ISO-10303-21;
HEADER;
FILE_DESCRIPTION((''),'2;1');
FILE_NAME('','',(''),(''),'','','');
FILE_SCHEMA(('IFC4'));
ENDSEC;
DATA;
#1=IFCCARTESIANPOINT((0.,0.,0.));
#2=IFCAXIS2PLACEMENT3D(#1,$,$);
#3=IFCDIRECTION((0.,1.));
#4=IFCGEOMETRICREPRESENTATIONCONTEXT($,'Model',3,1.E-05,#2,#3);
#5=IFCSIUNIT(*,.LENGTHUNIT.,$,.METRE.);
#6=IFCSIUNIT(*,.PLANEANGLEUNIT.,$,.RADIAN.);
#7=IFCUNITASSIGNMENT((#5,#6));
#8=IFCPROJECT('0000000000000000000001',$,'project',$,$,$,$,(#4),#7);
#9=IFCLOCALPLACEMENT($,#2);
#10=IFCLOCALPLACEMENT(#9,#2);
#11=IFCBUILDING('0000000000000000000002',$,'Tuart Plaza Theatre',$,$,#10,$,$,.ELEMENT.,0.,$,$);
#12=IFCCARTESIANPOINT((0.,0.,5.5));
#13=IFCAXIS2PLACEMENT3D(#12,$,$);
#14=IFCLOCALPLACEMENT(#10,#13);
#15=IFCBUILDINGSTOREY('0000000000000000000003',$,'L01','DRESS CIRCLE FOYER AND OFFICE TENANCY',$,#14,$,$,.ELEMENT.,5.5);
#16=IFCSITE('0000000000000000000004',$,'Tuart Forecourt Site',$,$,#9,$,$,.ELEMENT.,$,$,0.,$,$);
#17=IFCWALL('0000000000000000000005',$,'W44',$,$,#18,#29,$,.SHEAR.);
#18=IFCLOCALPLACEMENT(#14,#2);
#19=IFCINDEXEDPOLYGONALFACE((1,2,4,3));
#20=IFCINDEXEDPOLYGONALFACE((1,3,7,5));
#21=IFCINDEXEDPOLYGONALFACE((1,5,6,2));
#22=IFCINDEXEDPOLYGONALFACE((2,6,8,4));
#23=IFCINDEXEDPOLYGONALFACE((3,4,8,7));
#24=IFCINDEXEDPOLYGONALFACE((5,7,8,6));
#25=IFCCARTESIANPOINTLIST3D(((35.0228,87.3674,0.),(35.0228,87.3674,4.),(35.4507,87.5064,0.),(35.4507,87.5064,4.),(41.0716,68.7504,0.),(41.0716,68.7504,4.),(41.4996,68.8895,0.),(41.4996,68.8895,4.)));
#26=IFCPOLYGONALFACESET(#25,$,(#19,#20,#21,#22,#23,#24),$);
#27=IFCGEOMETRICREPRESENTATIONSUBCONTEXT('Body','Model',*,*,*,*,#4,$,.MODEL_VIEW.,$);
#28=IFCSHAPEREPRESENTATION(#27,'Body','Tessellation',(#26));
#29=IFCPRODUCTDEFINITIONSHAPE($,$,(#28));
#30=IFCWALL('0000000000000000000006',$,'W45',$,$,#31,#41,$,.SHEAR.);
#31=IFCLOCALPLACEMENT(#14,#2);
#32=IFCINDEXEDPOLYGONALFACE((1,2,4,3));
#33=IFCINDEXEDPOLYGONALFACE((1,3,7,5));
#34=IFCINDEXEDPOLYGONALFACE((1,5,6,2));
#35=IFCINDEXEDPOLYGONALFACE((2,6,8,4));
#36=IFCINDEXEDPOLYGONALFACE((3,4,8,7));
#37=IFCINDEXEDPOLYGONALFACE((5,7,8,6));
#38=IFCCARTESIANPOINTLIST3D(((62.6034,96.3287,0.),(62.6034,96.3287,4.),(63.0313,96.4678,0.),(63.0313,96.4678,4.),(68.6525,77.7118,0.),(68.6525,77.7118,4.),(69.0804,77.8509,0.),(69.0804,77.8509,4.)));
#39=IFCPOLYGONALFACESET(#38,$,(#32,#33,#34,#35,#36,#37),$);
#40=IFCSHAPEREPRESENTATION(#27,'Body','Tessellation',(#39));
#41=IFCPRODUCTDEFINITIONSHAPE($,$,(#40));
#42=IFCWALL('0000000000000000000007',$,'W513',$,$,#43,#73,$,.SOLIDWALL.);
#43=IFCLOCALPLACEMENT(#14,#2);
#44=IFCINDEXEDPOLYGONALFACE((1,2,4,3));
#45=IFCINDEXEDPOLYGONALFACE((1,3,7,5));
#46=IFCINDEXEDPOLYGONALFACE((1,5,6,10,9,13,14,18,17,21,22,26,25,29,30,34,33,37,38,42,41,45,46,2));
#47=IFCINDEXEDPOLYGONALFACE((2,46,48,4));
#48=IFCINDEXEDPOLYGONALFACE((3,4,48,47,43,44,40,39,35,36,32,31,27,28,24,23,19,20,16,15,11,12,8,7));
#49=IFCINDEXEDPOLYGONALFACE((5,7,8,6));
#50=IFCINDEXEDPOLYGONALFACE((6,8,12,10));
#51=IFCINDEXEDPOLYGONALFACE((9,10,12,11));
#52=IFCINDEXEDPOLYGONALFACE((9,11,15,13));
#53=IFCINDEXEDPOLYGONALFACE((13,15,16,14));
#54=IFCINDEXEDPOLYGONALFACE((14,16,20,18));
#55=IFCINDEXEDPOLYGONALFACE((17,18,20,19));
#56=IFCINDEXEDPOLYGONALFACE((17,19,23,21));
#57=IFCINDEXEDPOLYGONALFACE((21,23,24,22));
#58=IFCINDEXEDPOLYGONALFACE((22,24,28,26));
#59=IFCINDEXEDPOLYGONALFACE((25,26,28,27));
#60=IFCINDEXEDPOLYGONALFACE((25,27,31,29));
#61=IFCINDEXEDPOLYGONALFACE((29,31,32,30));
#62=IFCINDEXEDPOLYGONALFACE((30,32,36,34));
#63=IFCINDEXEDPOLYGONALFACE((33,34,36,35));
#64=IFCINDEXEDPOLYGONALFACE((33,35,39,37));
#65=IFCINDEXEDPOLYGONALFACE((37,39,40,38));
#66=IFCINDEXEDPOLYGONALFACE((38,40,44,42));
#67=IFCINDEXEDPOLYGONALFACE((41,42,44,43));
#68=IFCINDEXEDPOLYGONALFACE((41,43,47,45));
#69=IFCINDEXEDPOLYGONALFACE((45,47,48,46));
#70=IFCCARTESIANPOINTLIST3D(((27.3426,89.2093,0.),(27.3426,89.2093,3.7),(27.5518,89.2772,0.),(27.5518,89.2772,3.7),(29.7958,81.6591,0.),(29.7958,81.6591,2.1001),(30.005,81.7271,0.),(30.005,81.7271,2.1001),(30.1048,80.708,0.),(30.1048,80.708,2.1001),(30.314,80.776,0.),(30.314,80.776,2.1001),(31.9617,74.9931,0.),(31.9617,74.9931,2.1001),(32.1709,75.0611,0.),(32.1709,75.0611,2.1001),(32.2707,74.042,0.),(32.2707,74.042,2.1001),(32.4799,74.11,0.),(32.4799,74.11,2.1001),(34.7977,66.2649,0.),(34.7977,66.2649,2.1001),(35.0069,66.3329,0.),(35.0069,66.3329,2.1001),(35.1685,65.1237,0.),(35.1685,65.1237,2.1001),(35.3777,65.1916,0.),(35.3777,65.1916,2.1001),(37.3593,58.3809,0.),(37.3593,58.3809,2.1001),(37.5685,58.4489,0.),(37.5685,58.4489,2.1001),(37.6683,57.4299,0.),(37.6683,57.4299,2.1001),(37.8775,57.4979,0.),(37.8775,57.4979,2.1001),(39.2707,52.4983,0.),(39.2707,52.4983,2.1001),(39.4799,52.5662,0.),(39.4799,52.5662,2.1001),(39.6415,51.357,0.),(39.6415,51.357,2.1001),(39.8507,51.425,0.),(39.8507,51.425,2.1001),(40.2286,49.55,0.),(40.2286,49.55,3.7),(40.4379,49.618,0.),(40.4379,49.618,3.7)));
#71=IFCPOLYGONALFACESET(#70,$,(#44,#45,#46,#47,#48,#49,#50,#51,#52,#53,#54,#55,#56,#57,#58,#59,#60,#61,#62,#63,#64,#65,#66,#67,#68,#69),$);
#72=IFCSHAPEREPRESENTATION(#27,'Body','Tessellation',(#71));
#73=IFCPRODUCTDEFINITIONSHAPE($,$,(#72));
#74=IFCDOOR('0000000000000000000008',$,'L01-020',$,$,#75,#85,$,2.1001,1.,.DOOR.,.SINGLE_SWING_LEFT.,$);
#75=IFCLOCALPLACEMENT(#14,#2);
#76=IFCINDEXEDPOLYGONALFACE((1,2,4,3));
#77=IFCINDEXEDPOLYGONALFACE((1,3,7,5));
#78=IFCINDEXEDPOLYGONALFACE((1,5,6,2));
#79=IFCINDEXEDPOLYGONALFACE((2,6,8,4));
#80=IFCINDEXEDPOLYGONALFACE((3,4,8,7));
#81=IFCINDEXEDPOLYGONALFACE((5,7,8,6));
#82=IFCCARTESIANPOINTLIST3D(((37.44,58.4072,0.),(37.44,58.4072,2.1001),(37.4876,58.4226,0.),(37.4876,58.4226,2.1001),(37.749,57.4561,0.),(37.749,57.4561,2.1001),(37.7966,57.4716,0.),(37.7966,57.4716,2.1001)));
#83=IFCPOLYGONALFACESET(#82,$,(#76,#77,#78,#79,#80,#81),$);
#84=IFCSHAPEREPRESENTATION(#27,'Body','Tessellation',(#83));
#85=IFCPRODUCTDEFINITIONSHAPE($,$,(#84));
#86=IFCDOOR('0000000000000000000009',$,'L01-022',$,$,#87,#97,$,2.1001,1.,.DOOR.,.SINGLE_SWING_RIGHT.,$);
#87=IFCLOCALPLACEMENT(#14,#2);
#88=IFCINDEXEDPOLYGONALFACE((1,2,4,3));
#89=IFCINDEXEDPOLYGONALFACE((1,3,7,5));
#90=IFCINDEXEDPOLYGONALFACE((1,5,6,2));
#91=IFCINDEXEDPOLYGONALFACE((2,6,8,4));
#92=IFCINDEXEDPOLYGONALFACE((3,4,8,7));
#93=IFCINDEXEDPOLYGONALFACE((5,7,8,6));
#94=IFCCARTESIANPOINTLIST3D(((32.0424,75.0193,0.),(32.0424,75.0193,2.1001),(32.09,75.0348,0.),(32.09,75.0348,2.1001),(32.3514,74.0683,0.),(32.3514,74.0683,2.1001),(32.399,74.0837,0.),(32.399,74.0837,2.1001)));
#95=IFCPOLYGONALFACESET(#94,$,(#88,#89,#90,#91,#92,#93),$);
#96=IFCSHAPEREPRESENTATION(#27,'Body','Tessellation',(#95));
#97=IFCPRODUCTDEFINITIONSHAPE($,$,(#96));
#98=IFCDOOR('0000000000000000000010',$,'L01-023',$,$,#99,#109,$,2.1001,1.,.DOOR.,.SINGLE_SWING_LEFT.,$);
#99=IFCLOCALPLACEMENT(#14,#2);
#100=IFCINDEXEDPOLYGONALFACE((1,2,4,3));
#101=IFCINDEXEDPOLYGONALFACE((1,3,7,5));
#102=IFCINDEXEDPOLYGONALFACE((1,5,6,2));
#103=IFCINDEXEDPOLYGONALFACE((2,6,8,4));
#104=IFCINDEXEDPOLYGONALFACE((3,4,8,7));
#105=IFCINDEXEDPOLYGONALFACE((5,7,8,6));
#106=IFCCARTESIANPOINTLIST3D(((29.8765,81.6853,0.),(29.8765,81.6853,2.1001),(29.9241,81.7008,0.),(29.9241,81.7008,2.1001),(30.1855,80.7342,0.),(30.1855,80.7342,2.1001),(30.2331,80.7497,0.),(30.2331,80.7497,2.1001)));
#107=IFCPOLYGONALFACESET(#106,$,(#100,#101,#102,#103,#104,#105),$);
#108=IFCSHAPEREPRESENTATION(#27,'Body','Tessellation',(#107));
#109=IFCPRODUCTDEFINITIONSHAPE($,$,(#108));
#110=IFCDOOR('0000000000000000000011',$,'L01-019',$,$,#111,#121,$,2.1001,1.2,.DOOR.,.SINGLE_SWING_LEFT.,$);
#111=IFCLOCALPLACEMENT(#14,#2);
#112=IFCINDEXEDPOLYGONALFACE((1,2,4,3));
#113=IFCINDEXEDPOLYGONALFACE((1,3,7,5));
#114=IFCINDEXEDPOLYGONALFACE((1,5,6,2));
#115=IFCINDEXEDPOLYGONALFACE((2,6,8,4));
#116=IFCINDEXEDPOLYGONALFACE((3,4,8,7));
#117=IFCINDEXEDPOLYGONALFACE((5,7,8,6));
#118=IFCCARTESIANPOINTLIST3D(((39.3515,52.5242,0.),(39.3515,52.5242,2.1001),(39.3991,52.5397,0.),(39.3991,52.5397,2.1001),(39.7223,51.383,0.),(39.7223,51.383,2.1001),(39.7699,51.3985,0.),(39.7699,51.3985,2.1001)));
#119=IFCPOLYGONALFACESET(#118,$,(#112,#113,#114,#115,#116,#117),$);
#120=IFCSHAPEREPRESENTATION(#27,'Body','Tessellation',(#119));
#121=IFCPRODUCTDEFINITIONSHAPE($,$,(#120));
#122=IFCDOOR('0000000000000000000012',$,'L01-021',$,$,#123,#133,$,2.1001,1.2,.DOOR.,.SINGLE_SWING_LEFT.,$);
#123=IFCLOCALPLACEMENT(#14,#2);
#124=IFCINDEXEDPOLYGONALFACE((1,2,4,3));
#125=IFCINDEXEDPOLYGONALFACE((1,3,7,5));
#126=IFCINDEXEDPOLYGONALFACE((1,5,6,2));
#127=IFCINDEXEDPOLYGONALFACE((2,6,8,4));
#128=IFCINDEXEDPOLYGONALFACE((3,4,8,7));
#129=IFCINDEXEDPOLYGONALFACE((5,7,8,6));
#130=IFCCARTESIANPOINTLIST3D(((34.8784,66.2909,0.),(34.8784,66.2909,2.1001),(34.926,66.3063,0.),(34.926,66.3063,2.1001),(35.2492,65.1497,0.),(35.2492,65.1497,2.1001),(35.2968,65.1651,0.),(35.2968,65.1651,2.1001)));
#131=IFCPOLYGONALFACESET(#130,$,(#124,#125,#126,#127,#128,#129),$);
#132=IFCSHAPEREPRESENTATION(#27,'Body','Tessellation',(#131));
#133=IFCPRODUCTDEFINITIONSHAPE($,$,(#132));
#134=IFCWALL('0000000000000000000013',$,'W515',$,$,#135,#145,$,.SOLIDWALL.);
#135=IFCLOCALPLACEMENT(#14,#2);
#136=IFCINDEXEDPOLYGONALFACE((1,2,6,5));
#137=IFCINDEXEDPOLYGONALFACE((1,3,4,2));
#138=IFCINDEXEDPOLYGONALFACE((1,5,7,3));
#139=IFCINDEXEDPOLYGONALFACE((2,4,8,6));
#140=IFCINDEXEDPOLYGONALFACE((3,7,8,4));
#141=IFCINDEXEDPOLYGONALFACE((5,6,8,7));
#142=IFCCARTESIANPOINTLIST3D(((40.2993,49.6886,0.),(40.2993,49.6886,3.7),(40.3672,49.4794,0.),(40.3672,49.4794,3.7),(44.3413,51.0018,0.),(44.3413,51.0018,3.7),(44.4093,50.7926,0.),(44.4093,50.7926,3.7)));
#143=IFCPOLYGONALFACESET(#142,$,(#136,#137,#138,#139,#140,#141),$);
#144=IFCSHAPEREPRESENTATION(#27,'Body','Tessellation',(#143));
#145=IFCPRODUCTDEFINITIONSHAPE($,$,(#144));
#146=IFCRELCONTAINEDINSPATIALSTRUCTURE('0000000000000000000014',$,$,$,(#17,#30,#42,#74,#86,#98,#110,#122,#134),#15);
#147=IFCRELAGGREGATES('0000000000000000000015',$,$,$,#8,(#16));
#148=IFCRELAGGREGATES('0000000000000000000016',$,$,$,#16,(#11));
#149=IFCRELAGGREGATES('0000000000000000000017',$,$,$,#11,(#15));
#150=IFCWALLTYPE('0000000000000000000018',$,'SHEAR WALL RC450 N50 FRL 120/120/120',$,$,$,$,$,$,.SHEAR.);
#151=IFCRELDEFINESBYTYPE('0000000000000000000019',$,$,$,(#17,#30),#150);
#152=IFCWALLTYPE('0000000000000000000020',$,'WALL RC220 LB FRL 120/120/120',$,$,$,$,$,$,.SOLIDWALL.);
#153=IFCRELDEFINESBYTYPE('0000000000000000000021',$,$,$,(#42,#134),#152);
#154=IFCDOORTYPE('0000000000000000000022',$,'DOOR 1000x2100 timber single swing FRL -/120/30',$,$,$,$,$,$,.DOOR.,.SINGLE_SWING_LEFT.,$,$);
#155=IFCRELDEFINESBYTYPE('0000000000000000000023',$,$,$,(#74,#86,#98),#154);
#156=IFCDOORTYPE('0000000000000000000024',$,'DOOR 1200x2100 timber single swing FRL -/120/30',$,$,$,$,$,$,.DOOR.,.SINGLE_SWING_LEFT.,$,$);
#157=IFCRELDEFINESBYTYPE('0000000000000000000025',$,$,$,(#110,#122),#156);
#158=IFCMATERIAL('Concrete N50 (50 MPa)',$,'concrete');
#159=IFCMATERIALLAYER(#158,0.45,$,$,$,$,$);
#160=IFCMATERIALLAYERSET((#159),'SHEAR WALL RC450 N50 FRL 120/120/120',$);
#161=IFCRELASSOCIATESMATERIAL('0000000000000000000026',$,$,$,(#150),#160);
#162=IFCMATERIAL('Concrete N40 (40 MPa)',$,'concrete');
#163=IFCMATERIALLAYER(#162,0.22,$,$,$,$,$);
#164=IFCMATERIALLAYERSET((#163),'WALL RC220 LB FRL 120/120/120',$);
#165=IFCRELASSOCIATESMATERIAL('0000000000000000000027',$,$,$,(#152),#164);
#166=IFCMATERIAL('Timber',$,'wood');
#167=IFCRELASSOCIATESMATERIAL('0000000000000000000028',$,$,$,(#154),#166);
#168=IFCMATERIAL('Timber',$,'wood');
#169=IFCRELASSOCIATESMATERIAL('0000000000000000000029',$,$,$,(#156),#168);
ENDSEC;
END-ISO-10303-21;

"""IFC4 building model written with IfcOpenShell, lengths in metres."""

from ifc_helpers import new_model, si_unit, direction, frame, frame_2d, origin, place, context, subcontext, project, spatial, rectangle, extrude, material, layer, layer_set, type_object, element, fill, save


model = new_model("IFC4")

# Units and contexts
model_context = context("Model", 3, precision=1e-05, world=origin(), true_north=direction((0.0, 1.0)))
body_context = subcontext(model_context, "Body", "Model", "MODEL_VIEW")
ifc_project = project(units=[si_unit("LENGTHUNIT", "METRE"), si_unit("PLANEANGLEUNIT", "RADIAN")], contexts=[model_context])

# Site, building, storey
site_placement = place(None, origin())
site = spatial("IfcSite", under=ifc_project, at=site_placement, Name="Tuart Forecourt Site", CompositionType="ELEMENT", RefElevation=0.0)
building_placement = place(site_placement, origin())
building = spatial("IfcBuilding", under=site, at=building_placement, Name="Tuart Plaza Theatre", CompositionType="ELEMENT", ElevationOfRefHeight=0.0)
storey_placement = place(building_placement, frame((0.0, 0.0, 5.5)))
storey = spatial("IfcBuildingStorey", under=building, at=storey_placement, Name="L01", Description="DRESS CIRCLE FOYER AND OFFICE TENANCY", CompositionType="ELEMENT", Elevation=5.5)

# Walls
ifc_material_1 = material(Name="Concrete N50 (50 MPa)", Category="concrete")
ifc_layer_1 = layer(ifc_material_1, 0.45)
ifc_layer_set_1 = layer_set([ifc_layer_1], Name="SHEAR WALL RC450 N50 FRL 120/120/120")
wall_type_1 = type_object("IfcWallType", Name="SHEAR WALL RC450 N50 FRL 120/120/120", PredefinedType="SHEAR", material=ifc_layer_set_1)
for number, where, z_axis, x_axis, name in (
    (1, (41.2856, 68.8198, 0.0), (0.0, 0.0, 1.0), (-0.309009, 0.951059, 0.0), "W44"),
    (2, (68.8665, 77.7812, 0.0), (0.0, 0.0, 1.0), (-0.30902, 0.951056, 0.0), "W45"),
):
    element("IfcWall", number, at=place(storey_placement, frame(where, z_axis=z_axis, x_axis=x_axis)), inside=storey, type_object=wall_type_1, Name=name, PredefinedType="SHEAR", context=body_context, shape_type="SweptSolid", body=[
        extrude(rectangle(XDim=19.575, YDim=0.45, at=frame_2d((9.7876, 0.0))), origin(), (0.0, 0.0, 1.0), 4.0),
    ])

# Wall, openings, doors
ifc_material_2 = material(Name="Concrete N40 (40 MPa)", Category="concrete")
ifc_layer_2 = layer(ifc_material_2, 0.22)
ifc_layer_set_2 = layer_set([ifc_layer_2], Name="WALL RC220 LB FRL 120/120/120")
wall_type_2 = type_object("IfcWallType", Name="WALL RC220 LB FRL 120/120/120", PredefinedType="SOLIDWALL", material=ifc_layer_set_2)
wall_1_placement = place(storey_placement, frame((40.3333, 49.584, 0.0), z_axis=(0.0, 0.0, 1.0), x_axis=(-0.309016, 0.951057, 0.0)))
wall_1 = element("IfcWall", 3, at=wall_1_placement, inside=storey, type_object=wall_type_2, Name="W513", PredefinedType="SOLIDWALL", context=body_context, shape_type="SweptSolid", body=[
    extrude(rectangle(XDim=41.7002, YDim=0.22, at=frame_2d((20.8501, 0.0))), origin(), (0.0, 0.0, 1.0), 3.7),
])
opening_1_placement = place(wall_1_placement, frame((1.8999, 0.0, 0.0)))
opening_1 = element("IfcOpeningElement", 4, at=opening_1_placement, cuts=wall_1, PredefinedType="OPENING", context=body_context, shape_type="SweptSolid", body=[
    extrude(rectangle(XDim=1.2, YDim=2.1001, at=frame_2d((0.6001, 1.05))), frame((0.0, 0.1199, 0.0), z_axis=(0.0, -1.0, 0.0), x_axis=(1.0, 0.0, 0.0)), (0.0, 0.0, 1.0), 0.24),
])
opening_2_placement = place(wall_1_placement, frame((8.2854, 0.0, 0.0)))
opening_2 = element("IfcOpeningElement", 5, at=opening_2_placement, cuts=wall_1, PredefinedType="OPENING", context=body_context, shape_type="SweptSolid", body=[
    extrude(rectangle(XDim=1.0, YDim=2.1001, at=frame_2d((0.5, 1.05))), frame((0.0, 0.1199, 0.0), z_axis=(0.0, -1.0, 0.0), x_axis=(1.0, 0.0, 0.0)), (0.0, 0.0, 1.0), 0.24),
])
opening_3_placement = place(wall_1_placement, frame((16.375, 0.0, 0.0)))
opening_3 = element("IfcOpeningElement", 6, at=opening_3_placement, cuts=wall_1, PredefinedType="OPENING", context=body_context, shape_type="SweptSolid", body=[
    extrude(rectangle(XDim=1.2, YDim=2.1001, at=frame_2d((0.6001, 1.05))), frame((0.0, 0.1199, 0.0), z_axis=(0.0, -1.0, 0.0), x_axis=(1.0, 0.0, 0.0)), (0.0, 0.0, 1.0), 0.24),
])
opening_4_placement = place(wall_1_placement, frame((25.7524, 0.0, 0.0)))
opening_4 = element("IfcOpeningElement", 7, at=opening_4_placement, cuts=wall_1, PredefinedType="OPENING", context=body_context, shape_type="SweptSolid", body=[
    extrude(rectangle(XDim=1.0, YDim=2.1001, at=frame_2d((0.5, 1.05))), frame((0.0, 0.1199, 0.0), z_axis=(0.0, -1.0, 0.0), x_axis=(1.0, 0.0, 0.0)), (0.0, 0.0, 1.0), 0.24),
])
opening_5_placement = place(wall_1_placement, frame((32.7615, 0.0, 0.0)))
opening_5 = element("IfcOpeningElement", 8, at=opening_5_placement, cuts=wall_1, PredefinedType="OPENING", context=body_context, shape_type="SweptSolid", body=[
    extrude(rectangle(XDim=1.0, YDim=2.1001, at=frame_2d((0.5, 1.05))), frame((0.0, 0.1199, 0.0), z_axis=(0.0, -1.0, 0.0), x_axis=(1.0, 0.0, 0.0)), (0.0, 0.0, 1.0), 0.24),
])
ifc_material_3 = material(Name="Timber", Category="wood")
door_type_1 = type_object("IfcDoorType", Name="DOOR 1000x2100 timber single swing FRL -/120/30", OperationType="SINGLE_SWING_LEFT", PredefinedType="DOOR", material=ifc_material_3)
door_1_placement = place(opening_2_placement, frame((1.0, 0.0, 0.0), z_axis=(0.0, 0.0, 1.0), x_axis=(-1.0, 0.0, 0.0)))
door_1 = element("IfcDoor", 9, at=door_1_placement, inside=storey, type_object=door_type_1, Name="L01-020", OperationType="SINGLE_SWING_LEFT", OverallHeight=2.1001, OverallWidth=1.0, PredefinedType="DOOR", context=body_context, shape_type="SweptSolid", body=[
    extrude(rectangle(XDim=1.0, YDim=2.1001, at=frame_2d((0.5, 1.05))), frame((0.0, 0.0249, 0.0), z_axis=(0.0, -1.0, 0.0), x_axis=(1.0, 0.0, 0.0)), (0.0, 0.0, 1.0), 0.05),
])
fill(opening_2, door_1)
door_2_placement = place(opening_4_placement, frame((1.0, 0.0, 0.0), z_axis=(0.0, 0.0, 1.0), x_axis=(-1.0, 0.0, 0.0)))
door_2 = element("IfcDoor", 10, at=door_2_placement, inside=storey, type_object=door_type_1, Name="L01-022", OperationType="SINGLE_SWING_RIGHT", OverallHeight=2.1001, OverallWidth=1.0, PredefinedType="DOOR", context=body_context, shape_type="SweptSolid", body=[
    extrude(rectangle(XDim=1.0, YDim=2.1001, at=frame_2d((0.5, 1.05))), frame((0.0, 0.0249, 0.0), z_axis=(0.0, -1.0, 0.0), x_axis=(1.0, 0.0, 0.0)), (0.0, 0.0, 1.0), 0.05),
])
fill(opening_4, door_2)
door_3_placement = place(opening_5_placement, frame((1.0, 0.0, 0.0), z_axis=(0.0, 0.0, 1.0), x_axis=(-1.0, 0.0, 0.0)))
door_3 = element("IfcDoor", 11, at=door_3_placement, inside=storey, type_object=door_type_1, Name="L01-023", OperationType="SINGLE_SWING_LEFT", OverallHeight=2.1001, OverallWidth=1.0, PredefinedType="DOOR", context=body_context, shape_type="SweptSolid", body=[
    extrude(rectangle(XDim=1.0, YDim=2.1001, at=frame_2d((0.5, 1.05))), frame((0.0, 0.0249, 0.0), z_axis=(0.0, -1.0, 0.0), x_axis=(1.0, 0.0, 0.0)), (0.0, 0.0, 1.0), 0.05),
])
fill(opening_5, door_3)
ifc_material_4 = material(Name="Timber", Category="wood")
door_type_2 = type_object("IfcDoorType", Name="DOOR 1200x2100 timber single swing FRL -/120/30", OperationType="SINGLE_SWING_LEFT", PredefinedType="DOOR", material=ifc_material_4)
door_4_placement = place(opening_1_placement, frame((1.2, 0.0, 0.0), z_axis=(0.0, 0.0, 1.0), x_axis=(-1.0, 0.0, 0.0)))
door_4 = element("IfcDoor", 12, at=door_4_placement, inside=storey, type_object=door_type_2, Name="L01-019", OperationType="SINGLE_SWING_LEFT", OverallHeight=2.1001, OverallWidth=1.2, PredefinedType="DOOR", context=body_context, shape_type="SweptSolid", body=[
    extrude(rectangle(XDim=1.2, YDim=2.1001, at=frame_2d((0.6001, 1.05))), frame((0.0, 0.0249, 0.0), z_axis=(0.0, -1.0, 0.0), x_axis=(1.0, 0.0, 0.0)), (0.0, 0.0, 1.0), 0.05),
])
fill(opening_1, door_4)
door_5_placement = place(opening_3_placement, frame((1.2, 0.0, 0.0), z_axis=(0.0, 0.0, 1.0), x_axis=(-1.0, 0.0, 0.0)))
door_5 = element("IfcDoor", 13, at=door_5_placement, inside=storey, type_object=door_type_2, Name="L01-021", OperationType="SINGLE_SWING_LEFT", OverallHeight=2.1001, OverallWidth=1.2, PredefinedType="DOOR", context=body_context, shape_type="SweptSolid", body=[
    extrude(rectangle(XDim=1.2, YDim=2.1001, at=frame_2d((0.6001, 1.05))), frame((0.0, 0.0249, 0.0), z_axis=(0.0, -1.0, 0.0), x_axis=(1.0, 0.0, 0.0)), (0.0, 0.0, 1.0), 0.05),
])
fill(opening_3, door_5)

# Wall
wall_2_placement = place(storey_placement, frame((40.3333, 49.584, 0.0), z_axis=(0.0, 0.0, 1.0), x_axis=(0.951063, 0.308998, 0.0)))
element("IfcWall", 14, at=wall_2_placement, inside=storey, type_object=wall_type_2, Name="W515", PredefinedType="SOLIDWALL", context=body_context, shape_type="SweptSolid", body=[
    extrude(rectangle(XDim=4.25, YDim=0.22, at=frame_2d((2.125, 0.0))), origin(), (0.0, 0.0, 1.0), 3.7),
])

save(model, "model.ifc")
